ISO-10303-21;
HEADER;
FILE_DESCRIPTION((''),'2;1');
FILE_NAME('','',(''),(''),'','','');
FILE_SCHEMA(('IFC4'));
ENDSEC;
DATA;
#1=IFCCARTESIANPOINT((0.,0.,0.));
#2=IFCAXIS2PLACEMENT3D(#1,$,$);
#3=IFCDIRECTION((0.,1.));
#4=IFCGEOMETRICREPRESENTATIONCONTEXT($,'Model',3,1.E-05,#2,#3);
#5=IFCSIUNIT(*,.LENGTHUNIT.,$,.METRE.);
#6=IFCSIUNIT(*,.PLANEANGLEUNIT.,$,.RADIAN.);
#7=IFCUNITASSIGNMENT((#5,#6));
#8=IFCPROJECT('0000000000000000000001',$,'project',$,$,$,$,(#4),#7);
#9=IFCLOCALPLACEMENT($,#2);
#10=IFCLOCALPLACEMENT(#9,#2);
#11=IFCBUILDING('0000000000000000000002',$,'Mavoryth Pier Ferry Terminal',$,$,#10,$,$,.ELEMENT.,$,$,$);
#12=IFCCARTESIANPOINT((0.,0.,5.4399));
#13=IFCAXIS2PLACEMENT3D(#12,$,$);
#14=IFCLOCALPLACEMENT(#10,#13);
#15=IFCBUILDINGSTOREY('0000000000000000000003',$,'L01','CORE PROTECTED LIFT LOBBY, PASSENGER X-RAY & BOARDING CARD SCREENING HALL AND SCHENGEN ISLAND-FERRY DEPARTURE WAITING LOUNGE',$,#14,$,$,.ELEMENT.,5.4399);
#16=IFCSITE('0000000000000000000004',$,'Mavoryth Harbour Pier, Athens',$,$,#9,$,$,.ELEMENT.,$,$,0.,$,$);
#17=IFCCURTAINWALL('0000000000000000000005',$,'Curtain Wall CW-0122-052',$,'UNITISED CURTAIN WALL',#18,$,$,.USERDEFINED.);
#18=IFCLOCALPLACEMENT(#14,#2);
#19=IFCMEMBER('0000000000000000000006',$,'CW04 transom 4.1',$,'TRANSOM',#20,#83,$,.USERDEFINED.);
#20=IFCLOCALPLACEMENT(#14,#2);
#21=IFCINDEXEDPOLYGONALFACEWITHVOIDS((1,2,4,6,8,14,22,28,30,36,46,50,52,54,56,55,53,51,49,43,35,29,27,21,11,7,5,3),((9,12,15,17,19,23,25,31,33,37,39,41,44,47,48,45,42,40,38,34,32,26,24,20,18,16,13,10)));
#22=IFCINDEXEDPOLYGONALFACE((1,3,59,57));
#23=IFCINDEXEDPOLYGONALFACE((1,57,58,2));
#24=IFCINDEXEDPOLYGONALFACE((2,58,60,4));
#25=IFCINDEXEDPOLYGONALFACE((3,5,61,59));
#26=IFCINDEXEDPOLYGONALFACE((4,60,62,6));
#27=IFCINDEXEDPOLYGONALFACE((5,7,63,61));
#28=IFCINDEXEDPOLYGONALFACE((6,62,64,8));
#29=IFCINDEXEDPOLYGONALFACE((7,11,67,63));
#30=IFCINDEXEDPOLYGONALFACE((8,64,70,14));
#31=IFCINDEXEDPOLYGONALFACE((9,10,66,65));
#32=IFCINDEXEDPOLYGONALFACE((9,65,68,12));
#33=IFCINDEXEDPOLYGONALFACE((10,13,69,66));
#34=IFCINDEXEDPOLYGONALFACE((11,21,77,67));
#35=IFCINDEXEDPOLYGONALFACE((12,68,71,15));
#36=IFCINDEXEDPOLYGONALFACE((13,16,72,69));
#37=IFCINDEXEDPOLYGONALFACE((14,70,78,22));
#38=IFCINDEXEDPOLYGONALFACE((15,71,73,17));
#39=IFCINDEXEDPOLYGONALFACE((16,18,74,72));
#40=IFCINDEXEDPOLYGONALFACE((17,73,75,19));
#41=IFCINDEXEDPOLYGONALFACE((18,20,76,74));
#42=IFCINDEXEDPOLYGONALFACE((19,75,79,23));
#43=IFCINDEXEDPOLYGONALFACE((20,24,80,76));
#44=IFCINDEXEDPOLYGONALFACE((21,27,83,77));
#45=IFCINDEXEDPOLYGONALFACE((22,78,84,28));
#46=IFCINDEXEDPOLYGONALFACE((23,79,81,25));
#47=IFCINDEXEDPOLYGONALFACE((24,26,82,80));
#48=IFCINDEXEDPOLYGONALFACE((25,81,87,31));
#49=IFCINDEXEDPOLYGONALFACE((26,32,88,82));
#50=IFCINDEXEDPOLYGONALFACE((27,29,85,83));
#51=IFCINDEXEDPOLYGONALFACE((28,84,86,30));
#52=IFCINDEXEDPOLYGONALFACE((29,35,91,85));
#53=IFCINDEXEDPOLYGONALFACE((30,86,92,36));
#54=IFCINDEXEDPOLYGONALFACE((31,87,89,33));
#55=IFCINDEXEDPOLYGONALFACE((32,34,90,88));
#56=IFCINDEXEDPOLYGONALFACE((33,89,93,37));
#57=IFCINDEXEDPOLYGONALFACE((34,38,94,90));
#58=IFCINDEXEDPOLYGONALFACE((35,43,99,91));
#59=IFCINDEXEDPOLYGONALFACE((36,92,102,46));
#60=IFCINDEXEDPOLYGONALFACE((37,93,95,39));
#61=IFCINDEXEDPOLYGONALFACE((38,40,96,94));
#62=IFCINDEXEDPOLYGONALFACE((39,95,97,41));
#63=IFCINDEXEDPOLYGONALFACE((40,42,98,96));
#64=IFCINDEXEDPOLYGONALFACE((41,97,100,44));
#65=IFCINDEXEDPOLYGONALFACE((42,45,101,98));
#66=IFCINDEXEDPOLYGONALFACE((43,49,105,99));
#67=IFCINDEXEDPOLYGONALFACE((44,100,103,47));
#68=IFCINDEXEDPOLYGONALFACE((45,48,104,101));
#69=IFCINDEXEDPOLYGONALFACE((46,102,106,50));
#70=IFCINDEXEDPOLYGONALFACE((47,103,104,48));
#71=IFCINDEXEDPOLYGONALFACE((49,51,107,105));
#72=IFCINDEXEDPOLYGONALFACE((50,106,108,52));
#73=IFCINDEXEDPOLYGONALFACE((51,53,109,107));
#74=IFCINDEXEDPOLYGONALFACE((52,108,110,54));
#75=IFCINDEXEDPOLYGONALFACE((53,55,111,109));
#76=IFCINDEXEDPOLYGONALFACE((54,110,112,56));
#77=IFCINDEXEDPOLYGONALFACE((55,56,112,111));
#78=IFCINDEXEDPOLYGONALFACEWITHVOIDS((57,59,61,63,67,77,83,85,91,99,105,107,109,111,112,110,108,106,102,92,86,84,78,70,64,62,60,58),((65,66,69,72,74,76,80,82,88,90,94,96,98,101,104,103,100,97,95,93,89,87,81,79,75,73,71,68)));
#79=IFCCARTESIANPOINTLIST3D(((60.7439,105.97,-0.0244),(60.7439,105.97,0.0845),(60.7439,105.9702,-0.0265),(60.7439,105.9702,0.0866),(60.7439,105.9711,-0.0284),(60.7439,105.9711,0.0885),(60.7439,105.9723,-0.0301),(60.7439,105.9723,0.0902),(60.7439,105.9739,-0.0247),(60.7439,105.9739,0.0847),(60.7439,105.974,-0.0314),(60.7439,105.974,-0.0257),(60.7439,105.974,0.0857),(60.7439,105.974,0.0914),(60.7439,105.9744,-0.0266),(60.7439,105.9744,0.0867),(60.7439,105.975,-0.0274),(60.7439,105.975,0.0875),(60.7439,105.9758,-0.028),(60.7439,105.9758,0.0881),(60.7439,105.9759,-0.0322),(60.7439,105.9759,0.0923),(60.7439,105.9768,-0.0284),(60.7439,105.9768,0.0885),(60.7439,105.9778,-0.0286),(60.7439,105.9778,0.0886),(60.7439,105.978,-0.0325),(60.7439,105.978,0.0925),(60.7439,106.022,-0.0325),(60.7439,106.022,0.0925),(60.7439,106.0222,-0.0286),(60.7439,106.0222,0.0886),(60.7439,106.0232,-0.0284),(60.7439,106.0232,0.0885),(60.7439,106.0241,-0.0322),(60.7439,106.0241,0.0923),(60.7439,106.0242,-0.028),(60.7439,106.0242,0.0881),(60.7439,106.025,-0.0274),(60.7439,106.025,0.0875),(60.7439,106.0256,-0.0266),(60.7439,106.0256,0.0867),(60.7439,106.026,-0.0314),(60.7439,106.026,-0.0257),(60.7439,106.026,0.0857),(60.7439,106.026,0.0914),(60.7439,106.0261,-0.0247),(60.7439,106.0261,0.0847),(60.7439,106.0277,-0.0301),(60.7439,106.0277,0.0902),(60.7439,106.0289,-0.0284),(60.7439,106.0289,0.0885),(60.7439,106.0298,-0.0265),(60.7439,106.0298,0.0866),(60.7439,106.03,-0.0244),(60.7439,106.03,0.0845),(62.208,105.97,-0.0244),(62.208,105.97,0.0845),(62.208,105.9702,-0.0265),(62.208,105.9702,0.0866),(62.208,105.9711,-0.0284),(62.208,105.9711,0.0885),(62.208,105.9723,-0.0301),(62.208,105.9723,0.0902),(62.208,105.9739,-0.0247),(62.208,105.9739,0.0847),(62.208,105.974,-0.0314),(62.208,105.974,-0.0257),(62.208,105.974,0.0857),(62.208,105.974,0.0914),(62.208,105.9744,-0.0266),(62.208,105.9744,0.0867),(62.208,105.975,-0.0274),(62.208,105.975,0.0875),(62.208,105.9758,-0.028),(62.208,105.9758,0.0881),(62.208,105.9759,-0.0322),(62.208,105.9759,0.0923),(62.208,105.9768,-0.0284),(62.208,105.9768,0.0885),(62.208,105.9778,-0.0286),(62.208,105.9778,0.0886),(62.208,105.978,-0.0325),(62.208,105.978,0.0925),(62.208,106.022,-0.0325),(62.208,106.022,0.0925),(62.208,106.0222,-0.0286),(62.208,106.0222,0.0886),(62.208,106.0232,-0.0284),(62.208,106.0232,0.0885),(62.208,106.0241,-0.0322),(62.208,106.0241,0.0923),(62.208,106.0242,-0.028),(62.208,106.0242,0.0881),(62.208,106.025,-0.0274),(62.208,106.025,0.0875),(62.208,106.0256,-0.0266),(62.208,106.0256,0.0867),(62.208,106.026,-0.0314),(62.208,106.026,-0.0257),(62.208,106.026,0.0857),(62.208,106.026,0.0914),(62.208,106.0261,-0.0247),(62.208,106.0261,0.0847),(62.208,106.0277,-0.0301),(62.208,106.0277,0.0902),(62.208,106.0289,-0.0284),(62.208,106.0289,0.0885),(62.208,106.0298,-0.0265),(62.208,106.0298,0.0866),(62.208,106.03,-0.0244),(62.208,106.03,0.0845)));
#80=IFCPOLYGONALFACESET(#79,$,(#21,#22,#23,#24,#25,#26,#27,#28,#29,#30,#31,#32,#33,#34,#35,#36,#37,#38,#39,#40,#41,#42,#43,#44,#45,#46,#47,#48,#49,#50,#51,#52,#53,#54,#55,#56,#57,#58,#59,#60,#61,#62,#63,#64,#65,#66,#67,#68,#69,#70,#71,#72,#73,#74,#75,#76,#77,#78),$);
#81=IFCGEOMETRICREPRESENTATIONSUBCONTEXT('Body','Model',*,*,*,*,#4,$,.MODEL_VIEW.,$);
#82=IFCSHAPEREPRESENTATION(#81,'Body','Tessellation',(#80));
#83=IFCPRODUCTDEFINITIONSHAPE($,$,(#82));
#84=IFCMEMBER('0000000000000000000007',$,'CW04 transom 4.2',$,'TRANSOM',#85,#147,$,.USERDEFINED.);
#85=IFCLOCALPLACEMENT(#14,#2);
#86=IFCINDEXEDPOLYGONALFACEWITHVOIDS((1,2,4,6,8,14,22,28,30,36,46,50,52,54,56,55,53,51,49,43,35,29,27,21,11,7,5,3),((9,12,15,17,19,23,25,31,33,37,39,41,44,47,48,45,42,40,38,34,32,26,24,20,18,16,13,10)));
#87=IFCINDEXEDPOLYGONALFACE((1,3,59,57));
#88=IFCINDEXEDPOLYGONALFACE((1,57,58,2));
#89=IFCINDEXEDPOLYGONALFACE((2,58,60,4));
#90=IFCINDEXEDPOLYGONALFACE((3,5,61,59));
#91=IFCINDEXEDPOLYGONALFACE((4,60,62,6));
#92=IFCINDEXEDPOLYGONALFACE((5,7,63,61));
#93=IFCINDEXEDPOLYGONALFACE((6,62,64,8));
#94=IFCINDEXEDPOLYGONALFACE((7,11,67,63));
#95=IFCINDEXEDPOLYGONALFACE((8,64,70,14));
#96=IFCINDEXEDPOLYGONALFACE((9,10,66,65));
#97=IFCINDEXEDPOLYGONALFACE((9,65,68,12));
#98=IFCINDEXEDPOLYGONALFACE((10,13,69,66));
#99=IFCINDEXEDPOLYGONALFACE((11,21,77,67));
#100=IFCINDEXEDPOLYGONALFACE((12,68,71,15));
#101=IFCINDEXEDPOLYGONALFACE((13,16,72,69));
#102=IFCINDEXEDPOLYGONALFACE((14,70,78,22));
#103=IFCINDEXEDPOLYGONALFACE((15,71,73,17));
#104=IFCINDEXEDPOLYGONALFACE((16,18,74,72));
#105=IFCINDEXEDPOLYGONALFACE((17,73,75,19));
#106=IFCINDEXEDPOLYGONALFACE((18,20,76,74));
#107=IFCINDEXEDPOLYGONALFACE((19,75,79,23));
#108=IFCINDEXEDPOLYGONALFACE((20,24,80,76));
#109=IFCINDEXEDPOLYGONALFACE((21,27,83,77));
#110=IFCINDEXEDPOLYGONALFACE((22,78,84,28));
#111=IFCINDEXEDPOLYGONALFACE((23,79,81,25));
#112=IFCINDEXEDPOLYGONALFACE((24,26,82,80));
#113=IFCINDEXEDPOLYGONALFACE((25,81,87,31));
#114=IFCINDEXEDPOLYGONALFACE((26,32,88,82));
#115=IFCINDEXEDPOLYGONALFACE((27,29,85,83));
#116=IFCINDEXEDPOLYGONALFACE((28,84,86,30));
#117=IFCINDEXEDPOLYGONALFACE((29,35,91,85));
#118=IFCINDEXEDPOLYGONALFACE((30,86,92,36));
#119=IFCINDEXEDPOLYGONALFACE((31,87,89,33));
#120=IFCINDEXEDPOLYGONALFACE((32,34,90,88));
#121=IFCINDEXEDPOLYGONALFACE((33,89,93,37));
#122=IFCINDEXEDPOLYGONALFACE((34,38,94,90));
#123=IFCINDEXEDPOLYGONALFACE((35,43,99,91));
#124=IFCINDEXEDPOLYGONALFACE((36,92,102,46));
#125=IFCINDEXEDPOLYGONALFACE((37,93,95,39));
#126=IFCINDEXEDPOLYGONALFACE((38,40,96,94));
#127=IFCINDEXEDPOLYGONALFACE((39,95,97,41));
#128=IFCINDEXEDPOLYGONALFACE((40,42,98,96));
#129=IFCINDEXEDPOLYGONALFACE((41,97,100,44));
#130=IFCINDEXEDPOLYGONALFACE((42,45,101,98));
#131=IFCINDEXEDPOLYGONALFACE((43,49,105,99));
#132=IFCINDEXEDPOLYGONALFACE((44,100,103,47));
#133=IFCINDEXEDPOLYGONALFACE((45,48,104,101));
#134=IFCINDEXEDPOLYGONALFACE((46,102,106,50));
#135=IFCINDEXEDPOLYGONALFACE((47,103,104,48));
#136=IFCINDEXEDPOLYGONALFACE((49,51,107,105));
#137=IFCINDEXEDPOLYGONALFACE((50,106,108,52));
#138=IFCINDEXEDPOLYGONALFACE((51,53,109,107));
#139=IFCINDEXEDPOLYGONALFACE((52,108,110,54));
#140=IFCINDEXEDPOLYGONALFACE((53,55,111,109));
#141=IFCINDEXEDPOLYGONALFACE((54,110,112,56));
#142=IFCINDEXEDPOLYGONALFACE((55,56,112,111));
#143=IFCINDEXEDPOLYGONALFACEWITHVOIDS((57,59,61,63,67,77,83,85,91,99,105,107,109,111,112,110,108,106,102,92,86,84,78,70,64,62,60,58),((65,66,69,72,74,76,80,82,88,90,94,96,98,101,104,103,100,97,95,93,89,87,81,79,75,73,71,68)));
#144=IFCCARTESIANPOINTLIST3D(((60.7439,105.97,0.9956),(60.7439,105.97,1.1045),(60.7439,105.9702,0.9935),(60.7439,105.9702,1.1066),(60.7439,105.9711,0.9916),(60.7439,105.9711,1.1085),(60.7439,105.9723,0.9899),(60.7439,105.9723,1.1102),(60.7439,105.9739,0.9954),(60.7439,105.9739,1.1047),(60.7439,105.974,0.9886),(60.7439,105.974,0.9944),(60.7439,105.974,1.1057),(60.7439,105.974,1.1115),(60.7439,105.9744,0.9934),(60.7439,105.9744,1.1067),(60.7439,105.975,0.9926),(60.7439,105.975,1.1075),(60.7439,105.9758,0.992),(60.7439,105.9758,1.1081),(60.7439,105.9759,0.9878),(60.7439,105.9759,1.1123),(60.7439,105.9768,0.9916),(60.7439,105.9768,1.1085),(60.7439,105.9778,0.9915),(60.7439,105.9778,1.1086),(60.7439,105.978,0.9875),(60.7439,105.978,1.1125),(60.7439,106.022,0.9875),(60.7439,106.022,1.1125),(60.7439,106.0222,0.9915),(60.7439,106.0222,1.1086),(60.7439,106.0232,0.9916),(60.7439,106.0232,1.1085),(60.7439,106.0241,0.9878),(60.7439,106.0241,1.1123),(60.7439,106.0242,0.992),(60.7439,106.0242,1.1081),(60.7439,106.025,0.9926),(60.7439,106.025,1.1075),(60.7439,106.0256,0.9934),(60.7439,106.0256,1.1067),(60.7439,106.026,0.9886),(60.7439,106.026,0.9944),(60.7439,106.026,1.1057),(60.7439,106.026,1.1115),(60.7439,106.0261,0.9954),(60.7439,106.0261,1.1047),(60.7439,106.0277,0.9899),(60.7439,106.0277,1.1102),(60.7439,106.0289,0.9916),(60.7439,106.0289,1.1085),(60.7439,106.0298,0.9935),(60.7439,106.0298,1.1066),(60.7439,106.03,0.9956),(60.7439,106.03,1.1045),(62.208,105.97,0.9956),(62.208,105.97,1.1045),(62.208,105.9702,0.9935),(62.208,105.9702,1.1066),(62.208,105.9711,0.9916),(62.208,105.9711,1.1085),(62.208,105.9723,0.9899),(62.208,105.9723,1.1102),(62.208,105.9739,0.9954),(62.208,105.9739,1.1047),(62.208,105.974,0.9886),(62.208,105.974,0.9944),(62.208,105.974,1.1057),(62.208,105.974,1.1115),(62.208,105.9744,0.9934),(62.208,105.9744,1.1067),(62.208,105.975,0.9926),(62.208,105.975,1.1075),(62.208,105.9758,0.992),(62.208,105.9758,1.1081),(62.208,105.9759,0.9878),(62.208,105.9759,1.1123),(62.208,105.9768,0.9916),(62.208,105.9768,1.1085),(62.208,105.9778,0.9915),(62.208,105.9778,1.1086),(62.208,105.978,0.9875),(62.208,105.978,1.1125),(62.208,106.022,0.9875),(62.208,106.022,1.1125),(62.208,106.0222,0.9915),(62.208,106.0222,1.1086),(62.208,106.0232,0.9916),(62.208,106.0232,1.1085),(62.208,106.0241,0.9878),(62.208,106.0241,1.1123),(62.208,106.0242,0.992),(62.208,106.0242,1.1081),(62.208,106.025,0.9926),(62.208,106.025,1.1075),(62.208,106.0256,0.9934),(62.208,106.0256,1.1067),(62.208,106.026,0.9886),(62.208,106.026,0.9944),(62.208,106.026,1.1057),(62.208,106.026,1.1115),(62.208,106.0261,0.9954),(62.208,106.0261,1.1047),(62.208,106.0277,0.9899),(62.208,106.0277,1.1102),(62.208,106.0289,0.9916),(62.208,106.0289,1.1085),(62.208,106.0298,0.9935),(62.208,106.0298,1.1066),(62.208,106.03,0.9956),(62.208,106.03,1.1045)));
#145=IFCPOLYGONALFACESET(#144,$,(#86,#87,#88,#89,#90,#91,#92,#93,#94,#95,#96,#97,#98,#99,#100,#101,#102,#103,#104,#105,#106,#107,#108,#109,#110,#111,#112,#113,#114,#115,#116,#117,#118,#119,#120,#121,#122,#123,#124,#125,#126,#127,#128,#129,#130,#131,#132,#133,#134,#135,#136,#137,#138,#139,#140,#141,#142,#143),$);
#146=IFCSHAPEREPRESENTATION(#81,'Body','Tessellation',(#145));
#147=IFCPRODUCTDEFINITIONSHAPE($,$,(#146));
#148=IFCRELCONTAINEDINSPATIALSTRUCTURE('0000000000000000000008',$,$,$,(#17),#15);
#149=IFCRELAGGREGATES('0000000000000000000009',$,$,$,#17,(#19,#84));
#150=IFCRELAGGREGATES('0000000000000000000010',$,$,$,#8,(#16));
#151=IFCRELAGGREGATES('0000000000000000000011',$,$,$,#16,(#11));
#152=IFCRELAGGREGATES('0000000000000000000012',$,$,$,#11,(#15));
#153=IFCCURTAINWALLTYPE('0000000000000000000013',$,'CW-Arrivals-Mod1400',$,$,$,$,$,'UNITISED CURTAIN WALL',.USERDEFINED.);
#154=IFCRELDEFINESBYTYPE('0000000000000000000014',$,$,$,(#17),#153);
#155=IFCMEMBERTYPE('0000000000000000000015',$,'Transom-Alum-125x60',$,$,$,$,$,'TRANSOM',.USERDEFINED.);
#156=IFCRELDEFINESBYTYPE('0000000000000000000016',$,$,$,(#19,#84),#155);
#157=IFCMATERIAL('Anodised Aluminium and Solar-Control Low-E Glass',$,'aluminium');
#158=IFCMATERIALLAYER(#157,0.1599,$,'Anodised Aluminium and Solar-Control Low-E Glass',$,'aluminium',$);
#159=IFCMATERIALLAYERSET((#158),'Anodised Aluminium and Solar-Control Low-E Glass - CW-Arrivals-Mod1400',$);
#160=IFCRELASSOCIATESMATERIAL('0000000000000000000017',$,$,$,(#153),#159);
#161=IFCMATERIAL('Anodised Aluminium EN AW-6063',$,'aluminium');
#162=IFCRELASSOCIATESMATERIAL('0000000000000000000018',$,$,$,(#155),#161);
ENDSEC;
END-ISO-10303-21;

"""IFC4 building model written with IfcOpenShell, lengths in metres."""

from ifc_helpers import new_model, si_unit, direction, frame, origin, origin_2d, place, context, subcontext, project, spatial, hollow_rectangle, extrude, material, layer, layer_set, material_profile, profile_set, type_object, element, aggregate, save


model = new_model("IFC4")

# Units and contexts
model_context = context("Model", 3, precision=1e-05, world=origin(), true_north=direction((0.0, 1.0)))
body_context = subcontext(model_context, "Body", "Model", "MODEL_VIEW")
ifc_project = project(units=[si_unit("LENGTHUNIT", "METRE"), si_unit("PLANEANGLEUNIT", "RADIAN")], contexts=[model_context])

# Site, building, storey
site_placement = place(None, origin())
site = spatial("IfcSite", under=ifc_project, at=site_placement, Name="Mavoryth Harbour Pier, Athens", CompositionType="ELEMENT", RefElevation=0.0)
building_placement = place(site_placement, origin())
building = spatial("IfcBuilding", under=site, at=building_placement, Name="Mavoryth Pier Ferry Terminal", CompositionType="ELEMENT")
storey_placement = place(building_placement, frame((0.0, 0.0, 5.4399)))
storey = spatial("IfcBuildingStorey", under=building, at=storey_placement, Name="L01", Description="CORE PROTECTED LIFT LOBBY, PASSENGER X-RAY & BOARDING CARD SCREENING HALL AND SCHENGEN ISLAND-FERRY DEPARTURE WAITING LOUNGE", CompositionType="ELEMENT", Elevation=5.4399)

# Curtain wall
ifc_material_1 = material(Name="Anodised Aluminium and Solar-Control Low-E Glass", Category="aluminium")
ifc_layer_1 = layer(ifc_material_1, 0.1599, Name="Anodised Aluminium and Solar-Control Low-E Glass", Category="aluminium")
ifc_layer_set_1 = layer_set([ifc_layer_1], Name="Anodised Aluminium and Solar-Control Low-E Glass - CW-Arrivals-Mod1400")
curtain_wall_type = type_object("IfcCurtainWallType", Name="CW-Arrivals-Mod1400", ElementType="UNITISED CURTAIN WALL", PredefinedType="USERDEFINED", material=ifc_layer_set_1)
curtain_wall_placement = place(storey_placement, origin())
curtain_wall = element("IfcCurtainWall", 1, at=curtain_wall_placement, inside=storey, type_object=curtain_wall_type, Name="Curtain Wall CW-0122-052", ObjectType="UNITISED CURTAIN WALL", PredefinedType="USERDEFINED")
ifc_material_2 = material(Name="Anodised Aluminium EN AW-6063", Category="aluminium")

# Members
ifc_material_profile_1 = material_profile(ifc_material_2, hollow_rectangle(XDim=0.0601, YDim=0.125, WallThickness=0.0039, InnerFilletRadius=0.0039, OuterFilletRadius=0.0081, at=origin_2d()), Name="AL-TRAN 125x60x4", Category="aluminium")
ifc_profile_set_1 = profile_set([ifc_material_profile_1], Name="Anodised Aluminium EN AW-6063 - AL-TRAN 125x60x4")
member_type_1 = type_object("IfcMemberType", Name="Transom-Alum-125x60", ElementType="TRANSOM", PredefinedType="USERDEFINED", material=ifc_profile_set_1)
member_1_placement = place(storey_placement, frame((62.208, 106.0, 0.03), z_axis=(-1.0, 0.0, 0.0), x_axis=(0.0, -1.0, 0.0)))
member_1 = element("IfcMember", 2, at=member_1_placement, type_object=member_type_1, Name="CW04 transom 4.1", ObjectType="TRANSOM", PredefinedType="USERDEFINED", context=body_context, shape_type="SweptSolid", body=[
    extrude(hollow_rectangle(XDim=0.0601, YDim=0.125, WallThickness=0.0039, InnerFilletRadius=0.0039, OuterFilletRadius=0.0081, at=origin_2d()), origin(), (0.0, 0.0, 1.0), 1.4641),
])
member_2_placement = place(storey_placement, frame((62.208, 106.0, 1.05), z_axis=(-1.0, 0.0, 0.0), x_axis=(0.0, -1.0, 0.0)))
member_2 = element("IfcMember", 3, at=member_2_placement, type_object=member_type_1, Name="CW04 transom 4.2", ObjectType="TRANSOM", PredefinedType="USERDEFINED", context=body_context, shape_type="SweptSolid", body=[
    extrude(hollow_rectangle(XDim=0.0601, YDim=0.125, WallThickness=0.0039, InnerFilletRadius=0.0039, OuterFilletRadius=0.0081, at=origin_2d()), origin(), (0.0, 0.0, 1.0), 1.4641),
])

aggregate(curtain_wall, [member_1, member_2])

save(model, "model.ifc")
